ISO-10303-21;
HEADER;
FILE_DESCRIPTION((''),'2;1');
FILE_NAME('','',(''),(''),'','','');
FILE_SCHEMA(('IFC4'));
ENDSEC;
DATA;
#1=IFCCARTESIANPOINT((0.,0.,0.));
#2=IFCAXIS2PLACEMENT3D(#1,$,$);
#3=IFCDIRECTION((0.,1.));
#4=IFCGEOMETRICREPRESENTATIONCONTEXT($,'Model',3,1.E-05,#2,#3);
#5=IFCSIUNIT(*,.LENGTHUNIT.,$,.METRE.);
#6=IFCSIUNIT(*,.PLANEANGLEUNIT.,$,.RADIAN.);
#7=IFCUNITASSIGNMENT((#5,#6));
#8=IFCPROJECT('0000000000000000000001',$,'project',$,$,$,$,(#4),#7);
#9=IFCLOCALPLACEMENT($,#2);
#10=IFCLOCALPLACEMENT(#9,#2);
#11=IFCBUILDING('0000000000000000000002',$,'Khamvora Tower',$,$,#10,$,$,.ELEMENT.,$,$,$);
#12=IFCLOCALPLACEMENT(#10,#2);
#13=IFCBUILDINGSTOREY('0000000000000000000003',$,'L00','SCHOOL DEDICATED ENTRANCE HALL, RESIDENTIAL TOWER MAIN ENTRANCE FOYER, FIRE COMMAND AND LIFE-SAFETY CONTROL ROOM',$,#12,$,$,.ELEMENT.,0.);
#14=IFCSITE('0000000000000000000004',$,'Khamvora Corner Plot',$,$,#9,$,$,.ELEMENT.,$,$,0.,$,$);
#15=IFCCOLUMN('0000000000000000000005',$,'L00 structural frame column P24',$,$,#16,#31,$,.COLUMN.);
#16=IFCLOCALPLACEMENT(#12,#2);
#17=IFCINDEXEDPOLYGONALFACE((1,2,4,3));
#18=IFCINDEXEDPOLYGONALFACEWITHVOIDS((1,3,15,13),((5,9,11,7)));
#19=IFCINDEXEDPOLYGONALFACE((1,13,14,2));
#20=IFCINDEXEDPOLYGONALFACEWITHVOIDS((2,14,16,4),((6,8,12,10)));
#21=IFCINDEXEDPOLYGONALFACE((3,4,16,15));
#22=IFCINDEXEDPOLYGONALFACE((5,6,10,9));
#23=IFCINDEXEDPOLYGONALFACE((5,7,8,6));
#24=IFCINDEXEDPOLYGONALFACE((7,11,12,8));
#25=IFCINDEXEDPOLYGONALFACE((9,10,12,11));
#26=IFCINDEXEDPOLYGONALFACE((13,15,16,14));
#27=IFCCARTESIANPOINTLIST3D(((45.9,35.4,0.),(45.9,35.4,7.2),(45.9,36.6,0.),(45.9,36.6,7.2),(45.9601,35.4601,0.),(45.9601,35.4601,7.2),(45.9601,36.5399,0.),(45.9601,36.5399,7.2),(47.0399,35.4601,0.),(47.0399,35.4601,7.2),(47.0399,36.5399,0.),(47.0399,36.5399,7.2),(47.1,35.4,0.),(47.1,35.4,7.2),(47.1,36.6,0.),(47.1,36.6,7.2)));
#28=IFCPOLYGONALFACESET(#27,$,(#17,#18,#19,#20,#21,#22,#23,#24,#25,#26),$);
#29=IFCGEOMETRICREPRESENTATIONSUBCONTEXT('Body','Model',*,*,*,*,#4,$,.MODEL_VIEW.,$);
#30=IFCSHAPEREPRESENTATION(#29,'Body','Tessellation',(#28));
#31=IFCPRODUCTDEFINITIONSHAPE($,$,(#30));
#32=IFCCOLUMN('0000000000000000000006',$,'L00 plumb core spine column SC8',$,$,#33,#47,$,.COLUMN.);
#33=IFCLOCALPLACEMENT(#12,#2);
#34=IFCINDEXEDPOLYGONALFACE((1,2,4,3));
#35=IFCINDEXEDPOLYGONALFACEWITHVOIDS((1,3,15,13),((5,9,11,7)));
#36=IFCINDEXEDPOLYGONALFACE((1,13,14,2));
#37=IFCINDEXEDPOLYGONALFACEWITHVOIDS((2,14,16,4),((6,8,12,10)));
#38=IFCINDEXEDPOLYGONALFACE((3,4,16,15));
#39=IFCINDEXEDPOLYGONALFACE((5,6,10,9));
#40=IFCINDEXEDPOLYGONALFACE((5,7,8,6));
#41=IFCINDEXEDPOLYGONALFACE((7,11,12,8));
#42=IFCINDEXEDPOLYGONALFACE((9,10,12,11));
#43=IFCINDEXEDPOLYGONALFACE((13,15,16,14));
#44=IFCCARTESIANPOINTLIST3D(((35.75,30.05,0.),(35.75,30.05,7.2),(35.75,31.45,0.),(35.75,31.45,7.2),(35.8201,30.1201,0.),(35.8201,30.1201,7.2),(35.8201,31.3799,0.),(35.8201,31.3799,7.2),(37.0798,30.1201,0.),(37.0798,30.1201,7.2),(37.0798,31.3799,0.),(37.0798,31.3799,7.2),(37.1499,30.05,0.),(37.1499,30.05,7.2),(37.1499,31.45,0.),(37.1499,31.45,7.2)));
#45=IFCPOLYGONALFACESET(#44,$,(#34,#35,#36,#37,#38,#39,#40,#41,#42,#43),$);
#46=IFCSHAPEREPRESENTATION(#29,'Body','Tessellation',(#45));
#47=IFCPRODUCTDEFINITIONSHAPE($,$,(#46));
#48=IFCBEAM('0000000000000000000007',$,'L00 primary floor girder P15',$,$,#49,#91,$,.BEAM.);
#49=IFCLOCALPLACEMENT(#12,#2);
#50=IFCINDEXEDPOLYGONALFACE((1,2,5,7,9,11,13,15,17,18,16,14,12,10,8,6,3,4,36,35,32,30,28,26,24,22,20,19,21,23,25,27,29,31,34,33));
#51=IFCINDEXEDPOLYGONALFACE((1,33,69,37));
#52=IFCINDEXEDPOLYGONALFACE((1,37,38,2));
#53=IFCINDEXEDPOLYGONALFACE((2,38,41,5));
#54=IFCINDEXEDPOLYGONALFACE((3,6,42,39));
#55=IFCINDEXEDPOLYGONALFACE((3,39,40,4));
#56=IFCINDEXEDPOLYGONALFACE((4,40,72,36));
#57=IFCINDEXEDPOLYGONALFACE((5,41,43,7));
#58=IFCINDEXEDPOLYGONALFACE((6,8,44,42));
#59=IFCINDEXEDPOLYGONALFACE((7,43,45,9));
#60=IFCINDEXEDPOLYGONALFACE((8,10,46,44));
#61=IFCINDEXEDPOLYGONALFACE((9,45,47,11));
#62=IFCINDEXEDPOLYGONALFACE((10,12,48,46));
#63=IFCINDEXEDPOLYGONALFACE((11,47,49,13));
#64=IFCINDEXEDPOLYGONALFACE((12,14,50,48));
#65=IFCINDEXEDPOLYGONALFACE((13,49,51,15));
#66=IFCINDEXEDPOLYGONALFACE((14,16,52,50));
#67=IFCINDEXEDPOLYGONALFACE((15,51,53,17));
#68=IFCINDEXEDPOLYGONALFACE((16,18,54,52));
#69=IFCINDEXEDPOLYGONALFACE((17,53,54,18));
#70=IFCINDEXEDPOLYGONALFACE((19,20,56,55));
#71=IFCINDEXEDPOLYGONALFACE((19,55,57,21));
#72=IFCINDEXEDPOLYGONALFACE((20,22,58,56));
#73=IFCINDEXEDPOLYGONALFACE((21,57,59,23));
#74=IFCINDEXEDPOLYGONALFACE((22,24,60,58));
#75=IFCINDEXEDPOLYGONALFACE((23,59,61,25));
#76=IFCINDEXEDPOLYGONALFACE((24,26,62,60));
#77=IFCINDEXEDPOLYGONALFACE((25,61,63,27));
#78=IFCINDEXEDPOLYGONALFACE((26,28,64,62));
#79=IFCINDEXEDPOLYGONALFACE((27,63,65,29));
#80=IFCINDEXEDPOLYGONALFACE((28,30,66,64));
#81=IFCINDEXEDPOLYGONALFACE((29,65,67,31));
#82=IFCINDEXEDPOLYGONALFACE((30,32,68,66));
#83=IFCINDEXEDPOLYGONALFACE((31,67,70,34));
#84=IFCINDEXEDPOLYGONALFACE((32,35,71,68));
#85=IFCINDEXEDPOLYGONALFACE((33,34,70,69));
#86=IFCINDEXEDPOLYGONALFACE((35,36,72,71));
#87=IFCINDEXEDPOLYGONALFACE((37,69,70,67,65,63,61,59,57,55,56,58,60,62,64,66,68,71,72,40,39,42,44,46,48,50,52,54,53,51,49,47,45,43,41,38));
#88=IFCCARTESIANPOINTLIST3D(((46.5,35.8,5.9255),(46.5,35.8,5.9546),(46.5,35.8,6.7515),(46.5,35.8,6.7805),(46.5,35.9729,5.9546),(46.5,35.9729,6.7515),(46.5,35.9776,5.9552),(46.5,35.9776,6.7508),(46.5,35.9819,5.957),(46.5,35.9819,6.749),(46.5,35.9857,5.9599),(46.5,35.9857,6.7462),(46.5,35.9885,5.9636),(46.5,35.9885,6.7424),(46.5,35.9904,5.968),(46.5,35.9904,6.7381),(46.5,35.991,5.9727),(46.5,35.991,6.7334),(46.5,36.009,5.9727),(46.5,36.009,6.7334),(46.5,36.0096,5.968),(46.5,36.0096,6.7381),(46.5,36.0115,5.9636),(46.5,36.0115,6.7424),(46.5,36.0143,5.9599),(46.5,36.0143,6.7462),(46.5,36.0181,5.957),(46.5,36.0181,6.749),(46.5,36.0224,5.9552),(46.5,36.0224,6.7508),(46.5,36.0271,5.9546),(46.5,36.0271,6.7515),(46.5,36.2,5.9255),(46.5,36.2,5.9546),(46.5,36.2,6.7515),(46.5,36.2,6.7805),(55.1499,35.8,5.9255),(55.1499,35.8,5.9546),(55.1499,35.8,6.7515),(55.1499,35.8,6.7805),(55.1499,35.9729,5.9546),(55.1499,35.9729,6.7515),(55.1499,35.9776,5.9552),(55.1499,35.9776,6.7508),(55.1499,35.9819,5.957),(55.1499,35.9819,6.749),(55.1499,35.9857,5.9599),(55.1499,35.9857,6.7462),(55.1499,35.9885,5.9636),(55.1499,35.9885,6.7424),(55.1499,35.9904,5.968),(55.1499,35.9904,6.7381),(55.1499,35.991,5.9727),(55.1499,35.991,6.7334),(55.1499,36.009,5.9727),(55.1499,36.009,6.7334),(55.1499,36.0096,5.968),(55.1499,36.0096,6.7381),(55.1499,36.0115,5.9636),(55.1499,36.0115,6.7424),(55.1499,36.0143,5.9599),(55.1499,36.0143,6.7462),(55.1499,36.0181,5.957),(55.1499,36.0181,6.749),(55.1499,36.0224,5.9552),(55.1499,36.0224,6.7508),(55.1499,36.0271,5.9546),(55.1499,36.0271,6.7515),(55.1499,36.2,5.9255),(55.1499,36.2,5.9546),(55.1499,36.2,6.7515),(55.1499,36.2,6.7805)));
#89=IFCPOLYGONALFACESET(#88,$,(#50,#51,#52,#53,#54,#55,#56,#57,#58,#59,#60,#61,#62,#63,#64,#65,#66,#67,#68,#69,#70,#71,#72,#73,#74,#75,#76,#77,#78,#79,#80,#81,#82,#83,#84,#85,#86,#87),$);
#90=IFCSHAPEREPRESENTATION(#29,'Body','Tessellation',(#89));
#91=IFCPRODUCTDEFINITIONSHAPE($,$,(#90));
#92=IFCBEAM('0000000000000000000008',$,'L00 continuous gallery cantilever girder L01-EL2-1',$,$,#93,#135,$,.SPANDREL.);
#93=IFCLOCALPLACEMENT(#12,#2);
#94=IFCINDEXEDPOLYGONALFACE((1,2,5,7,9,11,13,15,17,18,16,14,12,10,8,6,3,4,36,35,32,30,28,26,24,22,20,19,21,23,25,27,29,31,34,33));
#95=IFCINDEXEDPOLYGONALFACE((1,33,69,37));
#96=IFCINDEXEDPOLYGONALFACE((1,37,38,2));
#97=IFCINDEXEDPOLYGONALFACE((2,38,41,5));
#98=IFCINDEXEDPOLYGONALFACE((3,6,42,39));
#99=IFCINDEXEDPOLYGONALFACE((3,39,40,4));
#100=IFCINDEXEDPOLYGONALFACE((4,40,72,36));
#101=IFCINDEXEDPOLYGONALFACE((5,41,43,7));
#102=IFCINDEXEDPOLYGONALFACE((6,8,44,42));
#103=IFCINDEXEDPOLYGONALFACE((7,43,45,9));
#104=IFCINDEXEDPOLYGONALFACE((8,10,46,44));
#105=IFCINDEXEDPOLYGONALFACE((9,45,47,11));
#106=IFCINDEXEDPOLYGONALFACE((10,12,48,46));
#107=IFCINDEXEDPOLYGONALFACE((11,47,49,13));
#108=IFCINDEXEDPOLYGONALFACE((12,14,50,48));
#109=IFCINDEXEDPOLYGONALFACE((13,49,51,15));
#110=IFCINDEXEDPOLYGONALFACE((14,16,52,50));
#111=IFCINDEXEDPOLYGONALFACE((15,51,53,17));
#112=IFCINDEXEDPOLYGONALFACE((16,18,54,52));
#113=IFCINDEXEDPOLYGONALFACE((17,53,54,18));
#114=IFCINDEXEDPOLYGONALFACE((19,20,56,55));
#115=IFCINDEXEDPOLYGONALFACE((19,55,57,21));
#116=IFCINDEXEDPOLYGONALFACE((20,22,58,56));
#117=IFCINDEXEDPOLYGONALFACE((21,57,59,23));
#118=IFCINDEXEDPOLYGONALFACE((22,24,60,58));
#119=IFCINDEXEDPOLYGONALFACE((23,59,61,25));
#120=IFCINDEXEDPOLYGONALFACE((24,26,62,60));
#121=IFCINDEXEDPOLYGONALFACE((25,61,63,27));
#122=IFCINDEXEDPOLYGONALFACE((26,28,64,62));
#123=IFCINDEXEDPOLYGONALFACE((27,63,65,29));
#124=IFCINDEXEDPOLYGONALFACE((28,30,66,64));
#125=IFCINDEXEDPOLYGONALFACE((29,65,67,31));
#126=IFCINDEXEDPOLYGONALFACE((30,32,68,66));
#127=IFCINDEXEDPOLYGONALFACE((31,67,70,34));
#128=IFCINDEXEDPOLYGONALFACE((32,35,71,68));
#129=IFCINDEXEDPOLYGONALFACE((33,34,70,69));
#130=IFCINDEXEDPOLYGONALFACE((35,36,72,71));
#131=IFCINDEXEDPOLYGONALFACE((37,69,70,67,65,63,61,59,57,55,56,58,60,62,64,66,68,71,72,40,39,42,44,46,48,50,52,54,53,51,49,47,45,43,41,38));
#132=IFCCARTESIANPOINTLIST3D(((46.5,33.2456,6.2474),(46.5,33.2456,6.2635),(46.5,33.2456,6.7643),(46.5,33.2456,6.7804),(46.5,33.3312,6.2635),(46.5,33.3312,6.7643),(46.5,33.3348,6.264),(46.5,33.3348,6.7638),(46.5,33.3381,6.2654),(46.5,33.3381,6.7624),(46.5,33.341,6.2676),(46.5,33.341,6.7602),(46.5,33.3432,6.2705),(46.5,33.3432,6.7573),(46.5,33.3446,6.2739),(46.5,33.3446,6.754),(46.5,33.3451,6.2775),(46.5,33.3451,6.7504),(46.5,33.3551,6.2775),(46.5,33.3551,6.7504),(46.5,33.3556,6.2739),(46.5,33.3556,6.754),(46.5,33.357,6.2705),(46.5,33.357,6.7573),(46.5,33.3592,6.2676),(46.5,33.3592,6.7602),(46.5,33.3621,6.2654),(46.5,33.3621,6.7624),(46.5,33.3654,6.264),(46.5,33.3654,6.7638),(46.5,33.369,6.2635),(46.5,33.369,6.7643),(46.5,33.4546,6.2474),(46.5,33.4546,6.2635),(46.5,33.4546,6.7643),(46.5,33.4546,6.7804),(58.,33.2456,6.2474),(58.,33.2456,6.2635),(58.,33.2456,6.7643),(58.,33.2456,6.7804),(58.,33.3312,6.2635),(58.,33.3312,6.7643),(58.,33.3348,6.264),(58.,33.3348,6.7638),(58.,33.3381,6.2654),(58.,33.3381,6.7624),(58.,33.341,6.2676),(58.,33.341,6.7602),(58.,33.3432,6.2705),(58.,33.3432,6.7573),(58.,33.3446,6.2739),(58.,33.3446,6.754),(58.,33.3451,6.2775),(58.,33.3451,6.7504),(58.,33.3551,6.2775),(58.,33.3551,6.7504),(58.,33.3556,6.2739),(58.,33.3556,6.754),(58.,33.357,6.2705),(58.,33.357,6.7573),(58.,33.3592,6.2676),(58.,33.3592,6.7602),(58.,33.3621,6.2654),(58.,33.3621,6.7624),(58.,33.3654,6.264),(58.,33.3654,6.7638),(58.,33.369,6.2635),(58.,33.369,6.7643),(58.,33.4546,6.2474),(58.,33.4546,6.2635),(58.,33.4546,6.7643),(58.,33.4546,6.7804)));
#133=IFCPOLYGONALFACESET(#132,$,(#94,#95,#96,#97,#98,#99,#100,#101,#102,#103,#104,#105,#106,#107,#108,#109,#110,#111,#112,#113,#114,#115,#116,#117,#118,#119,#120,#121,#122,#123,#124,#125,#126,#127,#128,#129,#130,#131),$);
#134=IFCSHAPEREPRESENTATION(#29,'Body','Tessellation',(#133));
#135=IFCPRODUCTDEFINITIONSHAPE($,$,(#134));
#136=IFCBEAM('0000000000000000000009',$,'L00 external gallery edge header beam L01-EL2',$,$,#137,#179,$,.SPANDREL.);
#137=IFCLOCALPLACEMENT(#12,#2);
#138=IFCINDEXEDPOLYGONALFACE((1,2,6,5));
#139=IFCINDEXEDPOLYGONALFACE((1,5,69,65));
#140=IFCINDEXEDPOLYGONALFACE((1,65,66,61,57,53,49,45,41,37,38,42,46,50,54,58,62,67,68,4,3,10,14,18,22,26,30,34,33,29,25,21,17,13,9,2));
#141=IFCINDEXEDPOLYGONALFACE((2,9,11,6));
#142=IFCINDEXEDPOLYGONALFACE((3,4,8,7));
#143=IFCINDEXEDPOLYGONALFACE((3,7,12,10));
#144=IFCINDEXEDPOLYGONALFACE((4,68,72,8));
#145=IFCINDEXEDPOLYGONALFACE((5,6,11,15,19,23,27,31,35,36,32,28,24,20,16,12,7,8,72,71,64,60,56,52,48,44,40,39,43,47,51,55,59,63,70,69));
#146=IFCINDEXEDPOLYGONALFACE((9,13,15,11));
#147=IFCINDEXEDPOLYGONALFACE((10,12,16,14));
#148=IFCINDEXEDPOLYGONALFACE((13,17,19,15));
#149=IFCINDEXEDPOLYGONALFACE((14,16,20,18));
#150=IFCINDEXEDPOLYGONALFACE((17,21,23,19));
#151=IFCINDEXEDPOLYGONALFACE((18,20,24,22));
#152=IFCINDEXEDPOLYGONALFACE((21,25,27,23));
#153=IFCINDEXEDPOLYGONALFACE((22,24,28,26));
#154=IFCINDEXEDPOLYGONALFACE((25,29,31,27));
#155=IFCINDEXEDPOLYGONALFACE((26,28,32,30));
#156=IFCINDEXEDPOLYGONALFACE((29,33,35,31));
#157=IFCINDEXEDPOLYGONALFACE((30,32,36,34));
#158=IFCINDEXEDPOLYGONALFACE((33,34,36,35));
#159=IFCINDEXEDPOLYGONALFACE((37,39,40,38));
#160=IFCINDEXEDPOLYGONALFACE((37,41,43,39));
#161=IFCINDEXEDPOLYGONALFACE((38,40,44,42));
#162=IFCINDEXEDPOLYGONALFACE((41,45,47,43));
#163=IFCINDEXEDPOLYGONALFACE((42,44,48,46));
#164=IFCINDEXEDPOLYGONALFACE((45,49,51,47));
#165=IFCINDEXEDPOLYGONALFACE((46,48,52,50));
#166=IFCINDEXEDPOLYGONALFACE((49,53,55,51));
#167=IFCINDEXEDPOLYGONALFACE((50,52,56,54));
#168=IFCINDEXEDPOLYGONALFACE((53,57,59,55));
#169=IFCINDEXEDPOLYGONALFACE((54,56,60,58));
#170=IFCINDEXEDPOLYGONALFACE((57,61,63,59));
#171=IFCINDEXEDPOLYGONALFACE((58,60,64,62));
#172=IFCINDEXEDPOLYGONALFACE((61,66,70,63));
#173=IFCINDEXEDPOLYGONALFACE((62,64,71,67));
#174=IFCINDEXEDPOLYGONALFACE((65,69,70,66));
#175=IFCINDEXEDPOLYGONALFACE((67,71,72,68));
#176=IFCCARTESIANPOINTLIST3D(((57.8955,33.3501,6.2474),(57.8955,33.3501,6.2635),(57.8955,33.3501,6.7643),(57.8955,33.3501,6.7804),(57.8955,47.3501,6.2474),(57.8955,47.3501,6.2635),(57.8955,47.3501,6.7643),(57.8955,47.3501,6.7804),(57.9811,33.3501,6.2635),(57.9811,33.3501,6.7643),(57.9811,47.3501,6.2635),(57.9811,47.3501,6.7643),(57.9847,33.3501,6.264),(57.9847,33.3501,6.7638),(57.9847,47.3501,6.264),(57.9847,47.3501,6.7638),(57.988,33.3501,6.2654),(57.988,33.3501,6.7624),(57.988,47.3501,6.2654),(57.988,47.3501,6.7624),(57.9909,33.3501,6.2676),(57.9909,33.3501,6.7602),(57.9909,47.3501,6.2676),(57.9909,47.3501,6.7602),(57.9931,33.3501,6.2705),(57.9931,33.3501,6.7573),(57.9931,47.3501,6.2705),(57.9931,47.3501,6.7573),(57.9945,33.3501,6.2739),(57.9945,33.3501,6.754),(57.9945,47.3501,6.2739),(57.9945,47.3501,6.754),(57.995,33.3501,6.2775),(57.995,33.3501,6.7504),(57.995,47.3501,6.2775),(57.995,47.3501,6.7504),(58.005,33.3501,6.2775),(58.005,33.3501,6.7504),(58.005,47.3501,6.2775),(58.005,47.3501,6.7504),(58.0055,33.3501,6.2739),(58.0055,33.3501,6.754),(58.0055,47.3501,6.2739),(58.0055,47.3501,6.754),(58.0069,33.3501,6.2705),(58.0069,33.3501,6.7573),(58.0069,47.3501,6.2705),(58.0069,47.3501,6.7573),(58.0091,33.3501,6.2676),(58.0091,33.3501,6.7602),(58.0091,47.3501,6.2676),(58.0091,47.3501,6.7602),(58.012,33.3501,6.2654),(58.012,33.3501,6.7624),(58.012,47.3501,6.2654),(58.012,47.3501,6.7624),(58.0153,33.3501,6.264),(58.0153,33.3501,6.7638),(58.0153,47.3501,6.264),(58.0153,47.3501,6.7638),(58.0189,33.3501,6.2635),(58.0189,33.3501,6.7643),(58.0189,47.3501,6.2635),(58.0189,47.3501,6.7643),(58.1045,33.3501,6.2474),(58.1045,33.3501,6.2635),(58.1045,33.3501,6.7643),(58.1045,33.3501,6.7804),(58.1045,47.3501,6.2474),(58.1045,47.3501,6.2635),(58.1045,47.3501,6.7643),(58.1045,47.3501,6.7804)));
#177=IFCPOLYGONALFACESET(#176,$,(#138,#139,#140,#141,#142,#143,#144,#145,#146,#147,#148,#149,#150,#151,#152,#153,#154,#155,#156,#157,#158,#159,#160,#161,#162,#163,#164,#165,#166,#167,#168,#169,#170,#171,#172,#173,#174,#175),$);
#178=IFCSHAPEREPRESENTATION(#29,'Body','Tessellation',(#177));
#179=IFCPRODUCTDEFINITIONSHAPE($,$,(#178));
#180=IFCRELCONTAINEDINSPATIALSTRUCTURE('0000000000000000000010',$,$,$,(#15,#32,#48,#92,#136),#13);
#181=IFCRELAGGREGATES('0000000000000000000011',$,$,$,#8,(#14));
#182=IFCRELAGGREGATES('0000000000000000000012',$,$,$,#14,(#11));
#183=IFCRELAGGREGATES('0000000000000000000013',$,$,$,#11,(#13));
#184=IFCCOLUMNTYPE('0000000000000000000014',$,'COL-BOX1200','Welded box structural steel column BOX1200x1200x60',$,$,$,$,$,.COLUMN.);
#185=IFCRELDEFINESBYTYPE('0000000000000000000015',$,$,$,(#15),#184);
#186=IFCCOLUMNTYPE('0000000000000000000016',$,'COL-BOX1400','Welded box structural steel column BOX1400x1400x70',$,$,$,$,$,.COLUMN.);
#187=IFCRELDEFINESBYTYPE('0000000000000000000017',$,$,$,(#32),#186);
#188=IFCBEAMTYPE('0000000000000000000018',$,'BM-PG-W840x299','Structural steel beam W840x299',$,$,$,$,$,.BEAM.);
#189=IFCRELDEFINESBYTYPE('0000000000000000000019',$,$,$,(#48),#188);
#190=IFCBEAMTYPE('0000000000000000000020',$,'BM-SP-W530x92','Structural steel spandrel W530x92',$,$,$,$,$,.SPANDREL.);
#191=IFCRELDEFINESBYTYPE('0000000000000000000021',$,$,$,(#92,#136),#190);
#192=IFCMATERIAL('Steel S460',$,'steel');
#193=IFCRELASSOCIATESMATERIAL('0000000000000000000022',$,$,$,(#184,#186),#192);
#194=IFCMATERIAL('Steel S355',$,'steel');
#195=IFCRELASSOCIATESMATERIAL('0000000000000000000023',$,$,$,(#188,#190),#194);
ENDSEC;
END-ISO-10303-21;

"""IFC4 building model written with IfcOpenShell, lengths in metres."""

from ifc_helpers import new_model, si_unit, direction, frame, origin, origin_2d, place, context, subcontext, project, spatial, hollow_rectangle, i_section, extrude, material, material_profile, profile_set, type_object, element, save


model = new_model("IFC4")

# Units and contexts
model_context = context("Model", 3, precision=1e-05, world=origin(), true_north=direction((0.0, 1.0)))
body_context = subcontext(model_context, "Body", "Model", "MODEL_VIEW")
ifc_project = project(units=[si_unit("LENGTHUNIT", "METRE"), si_unit("PLANEANGLEUNIT", "RADIAN")], contexts=[model_context])

# Site, building, storey
site_placement = place(None, origin())
site = spatial("IfcSite", under=ifc_project, at=site_placement, Name="Khamvora Corner Plot", CompositionType="ELEMENT", RefElevation=0.0)
building_placement = place(site_placement, origin())
building = spatial("IfcBuilding", under=site, at=building_placement, Name="Khamvora Tower", CompositionType="ELEMENT")
storey_placement = place(building_placement, origin())
storey = spatial("IfcBuildingStorey", under=building, at=storey_placement, Name="L00", Description="SCHOOL DEDICATED ENTRANCE HALL, RESIDENTIAL TOWER MAIN ENTRANCE FOYER, FIRE COMMAND AND LIFE-SAFETY CONTROL ROOM", CompositionType="ELEMENT", Elevation=0.0)

# Columns
ifc_material_1 = material(Name="Steel S460", Category="steel")
ifc_material_profile_1 = material_profile(ifc_material_1, hollow_rectangle(XDim=1.2, YDim=1.2, WallThickness=0.0601, at=origin_2d()), Name="BOX1200x1200x60")
ifc_profile_set_1 = profile_set([ifc_material_profile_1], Name="Steel S460")
column_type_1 = type_object("IfcColumnType", Name="COL-BOX1200", Description="Welded box structural steel column BOX1200x1200x60", PredefinedType="COLUMN", material=ifc_profile_set_1)
column_1_placement = place(storey_placement, frame((46.5, 36.0, 0.0), z_axis=(0.0, 0.0, 1.0), x_axis=(1.0, 0.0, 0.0)))
element("IfcColumn", 1, at=column_1_placement, inside=storey, type_object=column_type_1, Name="L00 structural frame column P24", PredefinedType="COLUMN", context=body_context, shape_type="SweptSolid", body=[
    extrude(hollow_rectangle(XDim=1.2, YDim=1.2, WallThickness=0.0601, at=origin_2d()), origin(), (0.0, 0.0, 1.0), 7.2),
])
ifc_material_profile_2 = material_profile(ifc_material_1, hollow_rectangle(XDim=1.3999, YDim=1.3999, WallThickness=0.0701, at=origin_2d()), Name="BOX1400x1400x70")
ifc_profile_set_2 = profile_set([ifc_material_profile_2], Name="Steel S460")
column_type_2 = type_object("IfcColumnType", Name="COL-BOX1400", Description="Welded box structural steel column BOX1400x1400x70", PredefinedType="COLUMN", material=ifc_profile_set_2)
column_2_placement = place(storey_placement, frame((36.45, 30.75, 0.0), z_axis=(0.0, 0.0, 1.0), x_axis=(1.0, 0.0, 0.0)))
element("IfcColumn", 2, at=column_2_placement, inside=storey, type_object=column_type_2, Name="L00 plumb core spine column SC8", PredefinedType="COLUMN", context=body_context, shape_type="SweptSolid", body=[
    extrude(hollow_rectangle(XDim=1.3999, YDim=1.3999, WallThickness=0.0701, at=origin_2d()), origin(), (0.0, 0.0, 1.0), 7.2),
])

# Beams
ifc_material_2 = material(Name="Steel S355", Category="steel")
ifc_material_profile_3 = material_profile(ifc_material_2, i_section(OverallWidth=0.3999, OverallDepth=0.855, WebThickness=0.0181, FlangeThickness=0.0291, FilletRadius=0.0181, at=origin_2d()), Name="W840x299")
ifc_profile_set_3 = profile_set([ifc_material_profile_3], Name="Steel S355")
beam_type_1 = type_object("IfcBeamType", Name="BM-PG-W840x299", Description="Structural steel beam W840x299", PredefinedType="BEAM", material=ifc_profile_set_3)
beam_1_placement = place(storey_placement, frame((46.5, 36.0, 6.353), z_axis=(1.0, 0.0, 0.0), x_axis=(0.0, 1.0, 0.0)))
element("IfcBeam", 3, at=beam_1_placement, inside=storey, type_object=beam_type_1, Name="L00 primary floor girder P15", PredefinedType="BEAM", context=body_context, shape_type="SweptSolid", body=[
    extrude(i_section(OverallWidth=0.3999, OverallDepth=0.855, WebThickness=0.0181, FlangeThickness=0.0291, FilletRadius=0.0181, at=origin_2d()), origin(), (0.0, 0.0, 1.0), 8.6499),
])
ifc_material_profile_4 = material_profile(ifc_material_2, i_section(OverallWidth=0.209, OverallDepth=0.533, WebThickness=0.01, FlangeThickness=0.0161, FilletRadius=0.0139, at=origin_2d()), Name="W530x92")
ifc_profile_set_4 = profile_set([ifc_material_profile_4], Name="Steel S355")
beam_type_2 = type_object("IfcBeamType", Name="BM-SP-W530x92", Description="Structural steel spandrel W530x92", PredefinedType="SPANDREL", material=ifc_profile_set_4)
beam_2_placement = place(storey_placement, frame((46.5, 33.3501, 6.5139), z_axis=(1.0, 0.0, 0.0), x_axis=(0.0, 1.0, 0.0)))
element("IfcBeam", 4, at=beam_2_placement, inside=storey, type_object=beam_type_2, Name="L00 continuous gallery cantilever girder L01-EL2-1", PredefinedType="SPANDREL", context=body_context, shape_type="SweptSolid", body=[
    extrude(i_section(OverallWidth=0.209, OverallDepth=0.533, WebThickness=0.01, FlangeThickness=0.0161, FilletRadius=0.0139, at=origin_2d()), origin(), (0.0, 0.0, 1.0), 11.5),
])
beam_3_placement = place(storey_placement, frame((58.0, 33.3501, 6.5139), z_axis=(0.0, 1.0, 0.0), x_axis=(-1.0, 0.0, 0.0)))
element("IfcBeam", 5, at=beam_3_placement, inside=storey, type_object=beam_type_2, Name="L00 external gallery edge header beam L01-EL2", PredefinedType="SPANDREL", context=body_context, shape_type="SweptSolid", body=[
    extrude(i_section(OverallWidth=0.209, OverallDepth=0.533, WebThickness=0.01, FlangeThickness=0.0161, FilletRadius=0.0139, at=origin_2d()), origin(), (0.0, 0.0, 1.0), 14.0),
])

save(model, "model.ifc")
